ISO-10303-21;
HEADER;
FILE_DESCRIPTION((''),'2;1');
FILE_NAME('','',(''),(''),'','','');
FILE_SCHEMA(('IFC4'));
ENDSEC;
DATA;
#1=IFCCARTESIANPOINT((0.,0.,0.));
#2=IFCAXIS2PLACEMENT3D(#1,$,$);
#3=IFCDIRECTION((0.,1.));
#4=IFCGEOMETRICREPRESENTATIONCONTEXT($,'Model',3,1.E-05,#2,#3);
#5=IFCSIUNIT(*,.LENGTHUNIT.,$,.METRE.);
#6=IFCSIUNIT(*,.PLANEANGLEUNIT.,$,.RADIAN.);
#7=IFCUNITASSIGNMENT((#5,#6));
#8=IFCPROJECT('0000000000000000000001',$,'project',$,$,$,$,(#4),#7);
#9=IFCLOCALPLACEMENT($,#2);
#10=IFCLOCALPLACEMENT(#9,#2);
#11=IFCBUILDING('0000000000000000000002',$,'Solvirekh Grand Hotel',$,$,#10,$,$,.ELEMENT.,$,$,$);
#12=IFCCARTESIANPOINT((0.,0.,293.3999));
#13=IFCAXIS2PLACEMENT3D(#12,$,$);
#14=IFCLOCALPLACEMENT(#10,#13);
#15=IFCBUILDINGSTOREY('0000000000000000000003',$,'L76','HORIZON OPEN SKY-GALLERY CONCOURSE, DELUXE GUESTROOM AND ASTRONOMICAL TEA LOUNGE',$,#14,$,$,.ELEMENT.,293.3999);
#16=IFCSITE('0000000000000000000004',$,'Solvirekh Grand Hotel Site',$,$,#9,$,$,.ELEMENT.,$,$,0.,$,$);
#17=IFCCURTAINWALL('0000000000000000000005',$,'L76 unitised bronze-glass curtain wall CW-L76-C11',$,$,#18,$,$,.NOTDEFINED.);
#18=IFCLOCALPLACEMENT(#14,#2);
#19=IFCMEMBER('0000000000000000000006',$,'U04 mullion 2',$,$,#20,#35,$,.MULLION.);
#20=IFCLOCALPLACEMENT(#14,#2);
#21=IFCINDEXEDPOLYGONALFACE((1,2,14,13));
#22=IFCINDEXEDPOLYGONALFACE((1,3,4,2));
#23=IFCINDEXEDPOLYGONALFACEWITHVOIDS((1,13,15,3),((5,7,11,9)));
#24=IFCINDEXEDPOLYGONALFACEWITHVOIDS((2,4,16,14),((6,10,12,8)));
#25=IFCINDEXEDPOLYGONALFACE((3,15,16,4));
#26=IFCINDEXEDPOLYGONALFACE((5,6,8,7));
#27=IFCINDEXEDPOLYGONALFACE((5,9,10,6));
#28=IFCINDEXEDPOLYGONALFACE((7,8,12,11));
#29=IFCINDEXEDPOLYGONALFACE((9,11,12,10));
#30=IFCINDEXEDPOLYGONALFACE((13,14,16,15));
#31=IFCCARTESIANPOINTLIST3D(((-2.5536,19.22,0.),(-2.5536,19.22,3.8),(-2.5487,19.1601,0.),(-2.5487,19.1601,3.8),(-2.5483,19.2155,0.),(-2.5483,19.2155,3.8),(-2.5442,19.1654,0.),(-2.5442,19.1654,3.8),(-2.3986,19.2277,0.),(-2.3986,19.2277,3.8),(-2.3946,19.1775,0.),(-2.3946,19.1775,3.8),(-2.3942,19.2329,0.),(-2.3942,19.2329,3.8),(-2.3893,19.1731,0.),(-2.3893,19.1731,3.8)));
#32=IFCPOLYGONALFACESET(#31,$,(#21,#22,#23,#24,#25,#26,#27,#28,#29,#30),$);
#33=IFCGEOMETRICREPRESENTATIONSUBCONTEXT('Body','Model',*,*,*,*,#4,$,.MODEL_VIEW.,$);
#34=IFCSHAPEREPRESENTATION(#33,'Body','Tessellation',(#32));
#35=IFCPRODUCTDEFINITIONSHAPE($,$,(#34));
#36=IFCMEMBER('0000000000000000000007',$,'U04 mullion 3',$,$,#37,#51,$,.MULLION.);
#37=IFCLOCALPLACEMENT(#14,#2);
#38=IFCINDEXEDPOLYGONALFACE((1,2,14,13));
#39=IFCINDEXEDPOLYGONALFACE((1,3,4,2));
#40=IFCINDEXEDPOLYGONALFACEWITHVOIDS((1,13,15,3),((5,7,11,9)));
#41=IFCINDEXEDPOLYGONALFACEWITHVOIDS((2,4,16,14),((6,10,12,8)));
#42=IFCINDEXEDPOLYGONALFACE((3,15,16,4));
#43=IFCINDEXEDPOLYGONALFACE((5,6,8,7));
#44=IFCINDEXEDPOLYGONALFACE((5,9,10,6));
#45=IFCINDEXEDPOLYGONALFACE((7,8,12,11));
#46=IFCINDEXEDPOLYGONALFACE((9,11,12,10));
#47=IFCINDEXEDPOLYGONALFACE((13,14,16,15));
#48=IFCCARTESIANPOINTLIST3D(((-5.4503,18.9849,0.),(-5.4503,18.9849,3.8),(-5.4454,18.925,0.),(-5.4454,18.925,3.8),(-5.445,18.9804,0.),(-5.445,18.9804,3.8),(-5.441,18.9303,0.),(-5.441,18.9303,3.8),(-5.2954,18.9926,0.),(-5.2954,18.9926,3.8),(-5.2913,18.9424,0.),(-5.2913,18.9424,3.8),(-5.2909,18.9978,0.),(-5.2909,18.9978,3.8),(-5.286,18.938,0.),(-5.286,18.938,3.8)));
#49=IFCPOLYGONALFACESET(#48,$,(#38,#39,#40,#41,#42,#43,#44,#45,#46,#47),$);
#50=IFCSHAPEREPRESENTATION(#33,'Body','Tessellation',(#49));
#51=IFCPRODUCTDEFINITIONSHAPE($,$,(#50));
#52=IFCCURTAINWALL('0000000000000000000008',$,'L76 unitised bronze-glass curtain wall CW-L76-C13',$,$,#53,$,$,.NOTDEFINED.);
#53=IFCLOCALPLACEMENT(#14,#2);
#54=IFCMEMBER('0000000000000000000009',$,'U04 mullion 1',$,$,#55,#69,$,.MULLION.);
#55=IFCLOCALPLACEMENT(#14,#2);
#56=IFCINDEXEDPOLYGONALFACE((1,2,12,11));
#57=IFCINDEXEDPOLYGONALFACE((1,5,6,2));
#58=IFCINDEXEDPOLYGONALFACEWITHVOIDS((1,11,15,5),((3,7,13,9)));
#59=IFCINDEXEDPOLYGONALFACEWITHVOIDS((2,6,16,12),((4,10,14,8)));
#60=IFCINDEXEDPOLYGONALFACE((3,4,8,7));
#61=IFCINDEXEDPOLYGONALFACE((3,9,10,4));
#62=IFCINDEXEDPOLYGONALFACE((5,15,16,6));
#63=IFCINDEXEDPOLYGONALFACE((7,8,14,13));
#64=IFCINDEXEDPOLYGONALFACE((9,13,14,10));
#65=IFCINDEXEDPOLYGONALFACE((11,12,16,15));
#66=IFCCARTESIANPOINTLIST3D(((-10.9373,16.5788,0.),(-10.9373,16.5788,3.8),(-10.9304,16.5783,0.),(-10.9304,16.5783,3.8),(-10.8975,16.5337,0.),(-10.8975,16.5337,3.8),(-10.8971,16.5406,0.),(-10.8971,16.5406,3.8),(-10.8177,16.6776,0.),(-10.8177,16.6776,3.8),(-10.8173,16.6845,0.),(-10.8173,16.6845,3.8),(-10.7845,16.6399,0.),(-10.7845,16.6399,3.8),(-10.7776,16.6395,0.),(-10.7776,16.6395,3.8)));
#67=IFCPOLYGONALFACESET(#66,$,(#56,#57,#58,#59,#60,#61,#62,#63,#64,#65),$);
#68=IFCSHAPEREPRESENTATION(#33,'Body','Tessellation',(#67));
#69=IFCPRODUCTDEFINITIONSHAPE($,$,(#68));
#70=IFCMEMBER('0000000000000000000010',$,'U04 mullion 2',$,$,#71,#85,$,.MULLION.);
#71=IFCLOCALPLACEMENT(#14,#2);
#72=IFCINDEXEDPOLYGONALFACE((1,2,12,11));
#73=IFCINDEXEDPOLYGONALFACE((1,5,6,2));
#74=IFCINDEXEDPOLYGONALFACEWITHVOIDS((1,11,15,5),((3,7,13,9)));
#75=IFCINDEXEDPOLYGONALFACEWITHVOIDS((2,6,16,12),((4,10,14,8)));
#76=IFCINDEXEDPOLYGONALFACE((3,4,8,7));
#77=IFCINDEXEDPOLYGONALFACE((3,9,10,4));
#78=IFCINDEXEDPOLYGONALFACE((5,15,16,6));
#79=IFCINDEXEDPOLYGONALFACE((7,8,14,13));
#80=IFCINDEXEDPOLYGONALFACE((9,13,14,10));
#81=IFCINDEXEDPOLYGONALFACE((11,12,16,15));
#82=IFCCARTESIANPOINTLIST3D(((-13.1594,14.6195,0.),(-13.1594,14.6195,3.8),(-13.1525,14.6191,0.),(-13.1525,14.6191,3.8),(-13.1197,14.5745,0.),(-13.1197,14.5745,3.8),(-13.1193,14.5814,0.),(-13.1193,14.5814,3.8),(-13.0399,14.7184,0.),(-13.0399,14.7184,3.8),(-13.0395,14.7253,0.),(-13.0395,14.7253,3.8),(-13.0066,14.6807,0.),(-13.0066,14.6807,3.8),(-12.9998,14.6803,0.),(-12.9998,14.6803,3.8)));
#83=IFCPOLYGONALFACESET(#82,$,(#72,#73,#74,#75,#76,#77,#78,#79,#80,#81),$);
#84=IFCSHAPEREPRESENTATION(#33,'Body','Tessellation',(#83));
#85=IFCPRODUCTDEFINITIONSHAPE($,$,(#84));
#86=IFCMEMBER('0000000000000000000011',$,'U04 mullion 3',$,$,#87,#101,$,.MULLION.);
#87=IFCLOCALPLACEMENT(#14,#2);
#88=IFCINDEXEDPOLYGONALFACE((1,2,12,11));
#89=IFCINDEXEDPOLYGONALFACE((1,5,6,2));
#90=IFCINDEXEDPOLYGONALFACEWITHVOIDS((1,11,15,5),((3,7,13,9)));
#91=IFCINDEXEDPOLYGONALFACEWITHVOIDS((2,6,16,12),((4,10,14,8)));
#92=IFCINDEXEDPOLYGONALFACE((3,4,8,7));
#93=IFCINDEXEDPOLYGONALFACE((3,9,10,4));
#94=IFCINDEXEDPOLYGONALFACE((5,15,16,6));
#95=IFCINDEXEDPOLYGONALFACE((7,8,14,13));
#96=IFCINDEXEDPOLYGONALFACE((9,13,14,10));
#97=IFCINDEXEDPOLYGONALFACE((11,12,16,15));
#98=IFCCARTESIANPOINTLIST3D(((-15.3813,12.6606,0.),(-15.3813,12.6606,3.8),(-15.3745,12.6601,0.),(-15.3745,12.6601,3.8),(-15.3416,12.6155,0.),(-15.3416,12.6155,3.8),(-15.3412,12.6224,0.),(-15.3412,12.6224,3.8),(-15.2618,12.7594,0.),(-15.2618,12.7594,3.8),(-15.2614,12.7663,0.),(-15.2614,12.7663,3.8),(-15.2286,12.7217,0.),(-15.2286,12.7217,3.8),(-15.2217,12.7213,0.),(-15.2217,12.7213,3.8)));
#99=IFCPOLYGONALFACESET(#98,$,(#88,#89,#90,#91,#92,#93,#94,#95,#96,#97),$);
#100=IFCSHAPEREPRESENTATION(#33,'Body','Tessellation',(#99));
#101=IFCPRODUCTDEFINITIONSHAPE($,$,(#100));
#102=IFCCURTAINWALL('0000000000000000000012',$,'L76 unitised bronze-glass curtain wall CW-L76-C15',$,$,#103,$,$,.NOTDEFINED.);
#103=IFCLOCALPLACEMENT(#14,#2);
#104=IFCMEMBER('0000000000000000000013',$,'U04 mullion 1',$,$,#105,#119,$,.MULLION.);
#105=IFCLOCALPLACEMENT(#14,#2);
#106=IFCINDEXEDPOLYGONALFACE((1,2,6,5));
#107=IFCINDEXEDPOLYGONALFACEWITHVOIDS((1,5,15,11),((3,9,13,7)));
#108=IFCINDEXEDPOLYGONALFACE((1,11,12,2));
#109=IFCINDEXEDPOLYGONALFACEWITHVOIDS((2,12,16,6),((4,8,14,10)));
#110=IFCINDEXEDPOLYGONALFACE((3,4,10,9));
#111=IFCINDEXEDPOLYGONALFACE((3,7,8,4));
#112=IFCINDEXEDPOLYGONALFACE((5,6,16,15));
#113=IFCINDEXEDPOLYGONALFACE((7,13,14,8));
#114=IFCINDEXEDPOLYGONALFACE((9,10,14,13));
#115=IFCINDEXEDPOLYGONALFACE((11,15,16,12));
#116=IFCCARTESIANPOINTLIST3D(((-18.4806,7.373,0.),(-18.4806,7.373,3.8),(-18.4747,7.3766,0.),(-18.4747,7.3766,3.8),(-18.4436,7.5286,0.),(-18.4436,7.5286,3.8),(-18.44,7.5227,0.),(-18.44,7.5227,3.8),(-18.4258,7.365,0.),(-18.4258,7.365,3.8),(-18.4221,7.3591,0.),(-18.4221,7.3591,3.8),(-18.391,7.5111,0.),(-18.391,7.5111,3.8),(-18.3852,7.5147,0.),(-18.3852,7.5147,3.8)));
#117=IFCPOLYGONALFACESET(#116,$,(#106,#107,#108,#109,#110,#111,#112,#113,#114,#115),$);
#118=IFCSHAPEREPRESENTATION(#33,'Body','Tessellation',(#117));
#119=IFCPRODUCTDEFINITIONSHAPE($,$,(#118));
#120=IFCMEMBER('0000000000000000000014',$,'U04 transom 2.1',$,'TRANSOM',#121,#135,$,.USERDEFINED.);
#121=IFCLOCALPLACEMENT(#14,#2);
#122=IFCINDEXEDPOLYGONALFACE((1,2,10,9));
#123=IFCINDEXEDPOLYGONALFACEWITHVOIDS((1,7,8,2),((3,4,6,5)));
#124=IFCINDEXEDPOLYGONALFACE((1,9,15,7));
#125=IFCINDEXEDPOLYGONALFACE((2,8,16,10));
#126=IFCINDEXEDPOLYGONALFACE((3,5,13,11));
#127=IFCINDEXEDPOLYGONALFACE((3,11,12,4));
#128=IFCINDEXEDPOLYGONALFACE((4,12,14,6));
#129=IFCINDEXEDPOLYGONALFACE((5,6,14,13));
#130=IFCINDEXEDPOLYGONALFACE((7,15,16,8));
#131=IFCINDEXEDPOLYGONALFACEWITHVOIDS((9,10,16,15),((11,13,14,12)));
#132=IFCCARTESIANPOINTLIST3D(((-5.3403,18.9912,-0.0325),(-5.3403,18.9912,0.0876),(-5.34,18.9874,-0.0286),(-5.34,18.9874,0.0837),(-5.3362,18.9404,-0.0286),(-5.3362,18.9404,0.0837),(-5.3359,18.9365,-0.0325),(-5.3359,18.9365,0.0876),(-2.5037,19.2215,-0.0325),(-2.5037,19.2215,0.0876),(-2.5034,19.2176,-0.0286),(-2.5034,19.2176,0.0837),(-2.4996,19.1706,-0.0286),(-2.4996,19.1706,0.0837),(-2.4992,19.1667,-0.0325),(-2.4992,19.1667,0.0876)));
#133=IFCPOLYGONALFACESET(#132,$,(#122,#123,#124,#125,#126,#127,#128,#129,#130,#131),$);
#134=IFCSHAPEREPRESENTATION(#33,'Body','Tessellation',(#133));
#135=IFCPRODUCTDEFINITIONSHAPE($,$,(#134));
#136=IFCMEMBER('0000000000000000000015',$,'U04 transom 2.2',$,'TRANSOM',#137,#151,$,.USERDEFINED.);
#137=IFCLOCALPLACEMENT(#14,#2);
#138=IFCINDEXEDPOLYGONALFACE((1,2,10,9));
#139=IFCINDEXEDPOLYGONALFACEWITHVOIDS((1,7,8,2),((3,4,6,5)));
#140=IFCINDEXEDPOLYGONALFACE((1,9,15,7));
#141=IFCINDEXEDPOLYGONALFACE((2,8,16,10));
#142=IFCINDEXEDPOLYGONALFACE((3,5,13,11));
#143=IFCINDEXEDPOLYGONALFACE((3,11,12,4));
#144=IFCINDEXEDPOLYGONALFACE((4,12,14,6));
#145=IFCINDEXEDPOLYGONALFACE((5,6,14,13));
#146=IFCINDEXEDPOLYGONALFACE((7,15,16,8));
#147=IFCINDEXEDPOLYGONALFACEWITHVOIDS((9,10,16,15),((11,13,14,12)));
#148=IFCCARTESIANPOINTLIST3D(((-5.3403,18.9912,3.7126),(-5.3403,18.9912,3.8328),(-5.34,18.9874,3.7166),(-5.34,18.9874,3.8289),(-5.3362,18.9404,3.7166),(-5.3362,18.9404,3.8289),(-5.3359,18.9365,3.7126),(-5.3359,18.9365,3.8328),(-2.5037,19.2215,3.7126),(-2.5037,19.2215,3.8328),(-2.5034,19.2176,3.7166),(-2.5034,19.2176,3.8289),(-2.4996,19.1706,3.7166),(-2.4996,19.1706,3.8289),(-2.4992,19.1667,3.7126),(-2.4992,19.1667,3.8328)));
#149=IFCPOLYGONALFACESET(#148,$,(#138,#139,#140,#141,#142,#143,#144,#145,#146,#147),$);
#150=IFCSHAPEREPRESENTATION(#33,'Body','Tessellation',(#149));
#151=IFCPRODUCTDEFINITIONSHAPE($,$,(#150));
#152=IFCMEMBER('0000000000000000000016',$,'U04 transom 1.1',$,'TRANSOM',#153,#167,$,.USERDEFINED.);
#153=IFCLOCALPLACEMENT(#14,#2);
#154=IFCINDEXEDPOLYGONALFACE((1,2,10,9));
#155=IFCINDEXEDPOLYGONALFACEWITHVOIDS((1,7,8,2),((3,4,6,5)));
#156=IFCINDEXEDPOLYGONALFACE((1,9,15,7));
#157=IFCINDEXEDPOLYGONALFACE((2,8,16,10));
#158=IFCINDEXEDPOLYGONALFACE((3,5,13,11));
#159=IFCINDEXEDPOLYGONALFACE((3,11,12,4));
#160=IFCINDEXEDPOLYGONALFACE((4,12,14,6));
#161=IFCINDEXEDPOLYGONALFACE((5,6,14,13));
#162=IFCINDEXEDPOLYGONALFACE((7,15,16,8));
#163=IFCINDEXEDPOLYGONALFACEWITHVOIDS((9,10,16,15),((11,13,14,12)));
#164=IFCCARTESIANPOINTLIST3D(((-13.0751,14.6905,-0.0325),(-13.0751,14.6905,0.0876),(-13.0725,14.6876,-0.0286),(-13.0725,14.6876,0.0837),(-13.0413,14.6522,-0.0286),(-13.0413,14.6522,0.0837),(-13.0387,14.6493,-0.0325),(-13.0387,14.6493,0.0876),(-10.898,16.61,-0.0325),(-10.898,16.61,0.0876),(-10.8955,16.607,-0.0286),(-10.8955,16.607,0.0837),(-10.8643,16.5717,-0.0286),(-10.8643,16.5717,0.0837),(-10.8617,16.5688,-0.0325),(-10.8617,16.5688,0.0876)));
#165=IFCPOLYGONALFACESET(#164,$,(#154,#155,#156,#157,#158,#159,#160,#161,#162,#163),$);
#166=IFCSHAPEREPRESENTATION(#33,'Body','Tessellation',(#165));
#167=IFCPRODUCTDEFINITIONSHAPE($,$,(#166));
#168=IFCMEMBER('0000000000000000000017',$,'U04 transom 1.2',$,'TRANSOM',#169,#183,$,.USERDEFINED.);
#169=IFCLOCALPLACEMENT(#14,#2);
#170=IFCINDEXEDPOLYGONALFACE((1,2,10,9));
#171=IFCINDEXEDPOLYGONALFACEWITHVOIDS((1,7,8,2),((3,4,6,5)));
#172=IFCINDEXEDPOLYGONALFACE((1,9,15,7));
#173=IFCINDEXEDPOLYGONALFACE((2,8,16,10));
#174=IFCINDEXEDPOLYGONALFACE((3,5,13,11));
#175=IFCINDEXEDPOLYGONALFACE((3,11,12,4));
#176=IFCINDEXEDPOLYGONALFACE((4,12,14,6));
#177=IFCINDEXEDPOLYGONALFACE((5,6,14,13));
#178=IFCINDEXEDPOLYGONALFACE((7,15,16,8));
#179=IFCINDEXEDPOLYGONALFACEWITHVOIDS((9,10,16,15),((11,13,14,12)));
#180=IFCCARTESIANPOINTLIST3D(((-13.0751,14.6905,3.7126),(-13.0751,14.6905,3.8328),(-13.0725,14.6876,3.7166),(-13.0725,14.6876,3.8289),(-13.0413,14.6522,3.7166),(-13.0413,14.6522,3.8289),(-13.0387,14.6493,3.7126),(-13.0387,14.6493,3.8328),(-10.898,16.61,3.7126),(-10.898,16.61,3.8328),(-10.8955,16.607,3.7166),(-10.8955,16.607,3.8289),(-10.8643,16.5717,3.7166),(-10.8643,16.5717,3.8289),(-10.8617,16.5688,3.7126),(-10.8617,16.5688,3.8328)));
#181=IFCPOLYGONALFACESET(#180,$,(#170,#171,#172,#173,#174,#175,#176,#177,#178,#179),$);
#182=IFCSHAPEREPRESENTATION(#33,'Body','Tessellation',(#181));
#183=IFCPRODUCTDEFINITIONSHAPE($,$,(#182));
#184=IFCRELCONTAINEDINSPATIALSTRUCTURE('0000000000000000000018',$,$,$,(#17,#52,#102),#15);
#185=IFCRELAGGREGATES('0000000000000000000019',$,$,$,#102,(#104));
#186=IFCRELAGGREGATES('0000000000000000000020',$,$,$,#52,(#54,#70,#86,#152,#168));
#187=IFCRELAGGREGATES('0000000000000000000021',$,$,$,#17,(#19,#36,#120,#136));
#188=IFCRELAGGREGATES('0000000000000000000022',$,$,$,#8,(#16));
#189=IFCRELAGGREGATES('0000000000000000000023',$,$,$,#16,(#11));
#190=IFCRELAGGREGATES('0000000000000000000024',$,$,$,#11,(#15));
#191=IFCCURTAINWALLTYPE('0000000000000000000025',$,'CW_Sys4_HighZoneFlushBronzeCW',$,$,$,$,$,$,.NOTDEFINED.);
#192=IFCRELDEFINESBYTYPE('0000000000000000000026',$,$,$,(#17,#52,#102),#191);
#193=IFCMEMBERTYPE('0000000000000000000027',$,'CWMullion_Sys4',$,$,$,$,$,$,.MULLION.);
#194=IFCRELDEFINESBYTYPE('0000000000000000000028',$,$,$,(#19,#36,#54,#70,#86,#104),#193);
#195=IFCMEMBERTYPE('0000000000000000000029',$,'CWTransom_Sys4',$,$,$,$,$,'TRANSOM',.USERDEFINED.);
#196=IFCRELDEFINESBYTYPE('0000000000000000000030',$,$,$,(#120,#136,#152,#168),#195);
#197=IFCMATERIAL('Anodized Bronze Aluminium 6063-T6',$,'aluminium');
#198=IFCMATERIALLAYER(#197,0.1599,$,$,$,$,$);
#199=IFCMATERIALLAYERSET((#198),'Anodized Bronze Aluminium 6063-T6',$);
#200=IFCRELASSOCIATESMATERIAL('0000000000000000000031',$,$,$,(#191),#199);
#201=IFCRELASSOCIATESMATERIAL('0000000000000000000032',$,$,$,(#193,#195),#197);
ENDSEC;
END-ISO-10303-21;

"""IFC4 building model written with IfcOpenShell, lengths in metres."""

from ifc_helpers import new_model, si_unit, direction, frame, origin, origin_2d, place, context, subcontext, project, spatial, hollow_rectangle, extrude, source, transform, mapped, material, layer, layer_set, material_profile, profile_set, type_object, element, aggregate, save


model = new_model("IFC4")

# Units and contexts
model_context = context("Model", 3, precision=1e-05, world=origin(), true_north=direction((0.0, 1.0)))
body_context = subcontext(model_context, "Body", "Model", "MODEL_VIEW")
ifc_project = project(units=[si_unit("LENGTHUNIT", "METRE"), si_unit("PLANEANGLEUNIT", "RADIAN")], contexts=[model_context])

# Site, building, storey
site_placement = place(None, origin())
site = spatial("IfcSite", under=ifc_project, at=site_placement, Name="Solvirekh Grand Hotel Site", CompositionType="ELEMENT", RefElevation=0.0)
building_placement = place(site_placement, origin())
building = spatial("IfcBuilding", under=site, at=building_placement, Name="Solvirekh Grand Hotel", CompositionType="ELEMENT")
storey_placement = place(building_placement, frame((0.0, 0.0, 293.3999)))
storey = spatial("IfcBuildingStorey", under=building, at=storey_placement, Name="L76", Description="HORIZON OPEN SKY-GALLERY CONCOURSE, DELUXE GUESTROOM AND ASTRONOMICAL TEA LOUNGE", CompositionType="ELEMENT", Elevation=293.3999)

# Curtain walls, members
ifc_material_1 = material(Name="Anodized Bronze Aluminium 6063-T6", Category="aluminium")
ifc_layer_1 = layer(ifc_material_1, 0.1599)
ifc_layer_set_1 = layer_set([ifc_layer_1], Name="Anodized Bronze Aluminium 6063-T6")
curtain_wall_type = type_object("IfcCurtainWallType", Name="CW_Sys4_HighZoneFlushBronzeCW", PredefinedType="NOTDEFINED", material=ifc_layer_set_1)
curtain_wall_1_placement = place(storey_placement, origin())
curtain_wall_1 = element("IfcCurtainWall", 1, at=curtain_wall_1_placement, inside=storey, type_object=curtain_wall_type, Name="L76 unitised bronze-glass curtain wall CW-L76-C11", PredefinedType="NOTDEFINED")
ifc_material_profile_1 = material_profile(ifc_material_1, hollow_rectangle(XDim=0.0601, YDim=0.1599, WallThickness=0.0049, at=origin_2d()), Name="ALU RHS 160X60X5")
ifc_profile_set_1 = profile_set([ifc_material_profile_1], Name="Anodized Bronze Aluminium 6063-T6")
member_type_1 = type_object("IfcMemberType", Name="CWMullion_Sys4", PredefinedType="MULLION", material=ifc_profile_set_1)
shared_shape_1 = source(origin(), body_context, "Body", "SweptSolid", [
    extrude(hollow_rectangle(XDim=0.0601, YDim=0.1599, WallThickness=0.0049, at=origin_2d()), origin(), (0.0, 0.0, 1.0), 3.8),
])
member_1_placement = place(storey_placement, frame((-2.4714, 19.1965, 0.0), z_axis=(0.0, 0.0, 1.0), x_axis=(0.080889, -0.996723, 0.0)))
member_1 = element("IfcMember", 2, at=member_1_placement, type_object=member_type_1, Name="U04 mullion 2", PredefinedType="MULLION", context=body_context, shape_type="MappedRepresentation", body=[
    mapped(shared_shape_1, transform((0.0, 0.0, 0.0), x_axis=(1.0, 0.0, 0.0), y_axis=(0.0, 1.0, 0.0), z_axis=(0.0, 0.0, 1.0), scale=1.0)),
])
member_2_placement = place(storey_placement, frame((-5.3682, 18.9614, 0.0), z_axis=(0.0, 0.0, 1.0), x_axis=(0.080889, -0.996723, 0.0)))
member_2 = element("IfcMember", 3, at=member_2_placement, type_object=member_type_1, Name="U04 mullion 3", PredefinedType="MULLION", context=body_context, shape_type="MappedRepresentation", body=[
    mapped(shared_shape_1, transform((0.0, 0.0, 0.0), x_axis=(1.0, 0.0, 0.0), y_axis=(0.0, 1.0, 0.0), z_axis=(0.0, 0.0, 1.0), scale=1.0)),
])
curtain_wall_2_placement = place(storey_placement, origin())
curtain_wall_2 = element("IfcCurtainWall", 4, at=curtain_wall_2_placement, inside=storey, type_object=curtain_wall_type, Name="L76 unitised bronze-glass curtain wall CW-L76-C13", PredefinedType="NOTDEFINED")
member_3_placement = place(storey_placement, frame((-10.8574, 16.6091, 0.0), z_axis=(0.0, 0.0, 1.0), x_axis=(0.661351, -0.750077, 0.0)))
member_3 = element("IfcMember", 5, at=member_3_placement, type_object=member_type_1, Name="U04 mullion 1", PredefinedType="MULLION", context=body_context, shape_type="MappedRepresentation", body=[
    mapped(shared_shape_1, transform((0.0, 0.0, 0.0), x_axis=(1.0, 0.0, 0.0), y_axis=(0.0, 1.0, 0.0), z_axis=(0.0, 0.0, 1.0), scale=1.0)),
])
member_4_placement = place(storey_placement, frame((-13.0796, 14.6499, 0.0), z_axis=(0.0, 0.0, 1.0), x_axis=(0.661351, -0.750077, 0.0)))
member_4 = element("IfcMember", 6, at=member_4_placement, type_object=member_type_1, Name="U04 mullion 2", PredefinedType="MULLION", context=body_context, shape_type="MappedRepresentation", body=[
    mapped(shared_shape_1, transform((0.0, 0.0, 0.0), x_axis=(1.0, 0.0, 0.0), y_axis=(0.0, 1.0, 0.0), z_axis=(0.0, 0.0, 1.0), scale=1.0)),
])
member_5_placement = place(storey_placement, frame((-15.3015, 12.6909, 0.0), z_axis=(0.0, 0.0, 1.0), x_axis=(0.661351, -0.750077, 0.0)))
member_5 = element("IfcMember", 7, at=member_5_placement, type_object=member_type_1, Name="U04 mullion 3", PredefinedType="MULLION", context=body_context, shape_type="MappedRepresentation", body=[
    mapped(shared_shape_1, transform((0.0, 0.0, 0.0), x_axis=(1.0, 0.0, 0.0), y_axis=(0.0, 1.0, 0.0), z_axis=(0.0, 0.0, 1.0), scale=1.0)),
])

# Curtain wall, member
curtain_wall_3_placement = place(storey_placement, origin())
curtain_wall_3 = element("IfcCurtainWall", 8, at=curtain_wall_3_placement, inside=storey, type_object=curtain_wall_type, Name="L76 unitised bronze-glass curtain wall CW-L76-C15", PredefinedType="NOTDEFINED")
member_6_placement = place(storey_placement, frame((-18.4329, 7.4438, 0.0), z_axis=(0.0, 0.0, 1.0), x_axis=(0.972877, -0.231325, 0.0)))
member_6 = element("IfcMember", 9, at=member_6_placement, type_object=member_type_1, Name="U04 mullion 1", PredefinedType="MULLION", context=body_context, shape_type="MappedRepresentation", body=[
    mapped(shared_shape_1, transform((0.0, 0.0, 0.0), x_axis=(1.0, 0.0, 0.0), y_axis=(0.0, 1.0, 0.0), z_axis=(0.0, 0.0, 1.0), scale=1.0)),
])

# Members
ifc_material_profile_2 = material_profile(ifc_material_1, hollow_rectangle(XDim=0.0549, YDim=0.1201, WallThickness=0.0039, at=origin_2d()), Name="ALU RHS 120X55X4")
ifc_profile_set_2 = profile_set([ifc_material_profile_2], Name="Anodized Bronze Aluminium 6063-T6")
member_type_2 = type_object("IfcMemberType", Name="CWTransom_Sys4", ElementType="TRANSOM", PredefinedType="USERDEFINED", material=ifc_profile_set_2)
shared_shape_2 = source(origin(), body_context, "Body", "SweptSolid", [
    extrude(hollow_rectangle(XDim=0.0549, YDim=0.1201, WallThickness=0.0039, at=origin_2d()), origin(), (0.0, 0.0, 1.0), 2.8459),
])
member_7_placement = place(storey_placement, frame((-2.5015, 19.1941, 0.0276), z_axis=(-0.996723, -0.080894, 0.0), x_axis=(0.080894, -0.996723, 0.0)))
member_7 = element("IfcMember", 10, at=member_7_placement, type_object=member_type_2, Name="U04 transom 2.1", ObjectType="TRANSOM", PredefinedType="USERDEFINED", context=body_context, shape_type="MappedRepresentation", body=[
    mapped(shared_shape_2, transform((0.0, 0.0, 0.0), x_axis=(1.0, 0.0, 0.0), y_axis=(0.0, 1.0, 0.0), z_axis=(0.0, 0.0, 1.0), scale=1.0)),
])
member_8_placement = place(storey_placement, frame((-2.5015, 19.1941, 3.7727), z_axis=(-0.996723, -0.080894, 0.0), x_axis=(0.080894, -0.996723, 0.0)))
member_8 = element("IfcMember", 11, at=member_8_placement, type_object=member_type_2, Name="U04 transom 2.2", ObjectType="TRANSOM", PredefinedType="USERDEFINED", context=body_context, shape_type="MappedRepresentation", body=[
    mapped(shared_shape_2, transform((0.0, 0.0, 0.0), x_axis=(1.0, 0.0, 0.0), y_axis=(0.0, 1.0, 0.0), z_axis=(0.0, 0.0, 1.0), scale=1.0)),
])
shared_shape_3 = source(origin(), body_context, "Body", "SweptSolid", [
    extrude(hollow_rectangle(XDim=0.0549, YDim=0.1201, WallThickness=0.0039, at=origin_2d()), origin(), (0.0, 0.0, 1.0), 2.9023),
])
member_9_placement = place(storey_placement, frame((-10.8799, 16.5894, 0.0276), z_axis=(-0.750086, -0.661341, 0.0), x_axis=(0.661341, -0.750086, 0.0)))
member_9 = element("IfcMember", 12, at=member_9_placement, type_object=member_type_2, Name="U04 transom 1.1", ObjectType="TRANSOM", PredefinedType="USERDEFINED", context=body_context, shape_type="MappedRepresentation", body=[
    mapped(shared_shape_3, transform((0.0, 0.0, 0.0), x_axis=(1.0, 0.0, 0.0), y_axis=(0.0, 1.0, 0.0), z_axis=(0.0, 0.0, 1.0), scale=1.0)),
])
member_10_placement = place(storey_placement, frame((-10.8799, 16.5894, 3.7727), z_axis=(-0.750086, -0.661341, 0.0), x_axis=(0.661341, -0.750086, 0.0)))
member_10 = element("IfcMember", 13, at=member_10_placement, type_object=member_type_2, Name="U04 transom 1.2", ObjectType="TRANSOM", PredefinedType="USERDEFINED", context=body_context, shape_type="MappedRepresentation", body=[
    mapped(shared_shape_3, transform((0.0, 0.0, 0.0), x_axis=(1.0, 0.0, 0.0), y_axis=(0.0, 1.0, 0.0), z_axis=(0.0, 0.0, 1.0), scale=1.0)),
])
aggregate(curtain_wall_3, [member_6])

aggregate(curtain_wall_2, [member_3, member_4, member_5, member_9, member_10])
aggregate(curtain_wall_1, [member_1, member_2, member_7, member_8])

save(model, "model.ifc")
